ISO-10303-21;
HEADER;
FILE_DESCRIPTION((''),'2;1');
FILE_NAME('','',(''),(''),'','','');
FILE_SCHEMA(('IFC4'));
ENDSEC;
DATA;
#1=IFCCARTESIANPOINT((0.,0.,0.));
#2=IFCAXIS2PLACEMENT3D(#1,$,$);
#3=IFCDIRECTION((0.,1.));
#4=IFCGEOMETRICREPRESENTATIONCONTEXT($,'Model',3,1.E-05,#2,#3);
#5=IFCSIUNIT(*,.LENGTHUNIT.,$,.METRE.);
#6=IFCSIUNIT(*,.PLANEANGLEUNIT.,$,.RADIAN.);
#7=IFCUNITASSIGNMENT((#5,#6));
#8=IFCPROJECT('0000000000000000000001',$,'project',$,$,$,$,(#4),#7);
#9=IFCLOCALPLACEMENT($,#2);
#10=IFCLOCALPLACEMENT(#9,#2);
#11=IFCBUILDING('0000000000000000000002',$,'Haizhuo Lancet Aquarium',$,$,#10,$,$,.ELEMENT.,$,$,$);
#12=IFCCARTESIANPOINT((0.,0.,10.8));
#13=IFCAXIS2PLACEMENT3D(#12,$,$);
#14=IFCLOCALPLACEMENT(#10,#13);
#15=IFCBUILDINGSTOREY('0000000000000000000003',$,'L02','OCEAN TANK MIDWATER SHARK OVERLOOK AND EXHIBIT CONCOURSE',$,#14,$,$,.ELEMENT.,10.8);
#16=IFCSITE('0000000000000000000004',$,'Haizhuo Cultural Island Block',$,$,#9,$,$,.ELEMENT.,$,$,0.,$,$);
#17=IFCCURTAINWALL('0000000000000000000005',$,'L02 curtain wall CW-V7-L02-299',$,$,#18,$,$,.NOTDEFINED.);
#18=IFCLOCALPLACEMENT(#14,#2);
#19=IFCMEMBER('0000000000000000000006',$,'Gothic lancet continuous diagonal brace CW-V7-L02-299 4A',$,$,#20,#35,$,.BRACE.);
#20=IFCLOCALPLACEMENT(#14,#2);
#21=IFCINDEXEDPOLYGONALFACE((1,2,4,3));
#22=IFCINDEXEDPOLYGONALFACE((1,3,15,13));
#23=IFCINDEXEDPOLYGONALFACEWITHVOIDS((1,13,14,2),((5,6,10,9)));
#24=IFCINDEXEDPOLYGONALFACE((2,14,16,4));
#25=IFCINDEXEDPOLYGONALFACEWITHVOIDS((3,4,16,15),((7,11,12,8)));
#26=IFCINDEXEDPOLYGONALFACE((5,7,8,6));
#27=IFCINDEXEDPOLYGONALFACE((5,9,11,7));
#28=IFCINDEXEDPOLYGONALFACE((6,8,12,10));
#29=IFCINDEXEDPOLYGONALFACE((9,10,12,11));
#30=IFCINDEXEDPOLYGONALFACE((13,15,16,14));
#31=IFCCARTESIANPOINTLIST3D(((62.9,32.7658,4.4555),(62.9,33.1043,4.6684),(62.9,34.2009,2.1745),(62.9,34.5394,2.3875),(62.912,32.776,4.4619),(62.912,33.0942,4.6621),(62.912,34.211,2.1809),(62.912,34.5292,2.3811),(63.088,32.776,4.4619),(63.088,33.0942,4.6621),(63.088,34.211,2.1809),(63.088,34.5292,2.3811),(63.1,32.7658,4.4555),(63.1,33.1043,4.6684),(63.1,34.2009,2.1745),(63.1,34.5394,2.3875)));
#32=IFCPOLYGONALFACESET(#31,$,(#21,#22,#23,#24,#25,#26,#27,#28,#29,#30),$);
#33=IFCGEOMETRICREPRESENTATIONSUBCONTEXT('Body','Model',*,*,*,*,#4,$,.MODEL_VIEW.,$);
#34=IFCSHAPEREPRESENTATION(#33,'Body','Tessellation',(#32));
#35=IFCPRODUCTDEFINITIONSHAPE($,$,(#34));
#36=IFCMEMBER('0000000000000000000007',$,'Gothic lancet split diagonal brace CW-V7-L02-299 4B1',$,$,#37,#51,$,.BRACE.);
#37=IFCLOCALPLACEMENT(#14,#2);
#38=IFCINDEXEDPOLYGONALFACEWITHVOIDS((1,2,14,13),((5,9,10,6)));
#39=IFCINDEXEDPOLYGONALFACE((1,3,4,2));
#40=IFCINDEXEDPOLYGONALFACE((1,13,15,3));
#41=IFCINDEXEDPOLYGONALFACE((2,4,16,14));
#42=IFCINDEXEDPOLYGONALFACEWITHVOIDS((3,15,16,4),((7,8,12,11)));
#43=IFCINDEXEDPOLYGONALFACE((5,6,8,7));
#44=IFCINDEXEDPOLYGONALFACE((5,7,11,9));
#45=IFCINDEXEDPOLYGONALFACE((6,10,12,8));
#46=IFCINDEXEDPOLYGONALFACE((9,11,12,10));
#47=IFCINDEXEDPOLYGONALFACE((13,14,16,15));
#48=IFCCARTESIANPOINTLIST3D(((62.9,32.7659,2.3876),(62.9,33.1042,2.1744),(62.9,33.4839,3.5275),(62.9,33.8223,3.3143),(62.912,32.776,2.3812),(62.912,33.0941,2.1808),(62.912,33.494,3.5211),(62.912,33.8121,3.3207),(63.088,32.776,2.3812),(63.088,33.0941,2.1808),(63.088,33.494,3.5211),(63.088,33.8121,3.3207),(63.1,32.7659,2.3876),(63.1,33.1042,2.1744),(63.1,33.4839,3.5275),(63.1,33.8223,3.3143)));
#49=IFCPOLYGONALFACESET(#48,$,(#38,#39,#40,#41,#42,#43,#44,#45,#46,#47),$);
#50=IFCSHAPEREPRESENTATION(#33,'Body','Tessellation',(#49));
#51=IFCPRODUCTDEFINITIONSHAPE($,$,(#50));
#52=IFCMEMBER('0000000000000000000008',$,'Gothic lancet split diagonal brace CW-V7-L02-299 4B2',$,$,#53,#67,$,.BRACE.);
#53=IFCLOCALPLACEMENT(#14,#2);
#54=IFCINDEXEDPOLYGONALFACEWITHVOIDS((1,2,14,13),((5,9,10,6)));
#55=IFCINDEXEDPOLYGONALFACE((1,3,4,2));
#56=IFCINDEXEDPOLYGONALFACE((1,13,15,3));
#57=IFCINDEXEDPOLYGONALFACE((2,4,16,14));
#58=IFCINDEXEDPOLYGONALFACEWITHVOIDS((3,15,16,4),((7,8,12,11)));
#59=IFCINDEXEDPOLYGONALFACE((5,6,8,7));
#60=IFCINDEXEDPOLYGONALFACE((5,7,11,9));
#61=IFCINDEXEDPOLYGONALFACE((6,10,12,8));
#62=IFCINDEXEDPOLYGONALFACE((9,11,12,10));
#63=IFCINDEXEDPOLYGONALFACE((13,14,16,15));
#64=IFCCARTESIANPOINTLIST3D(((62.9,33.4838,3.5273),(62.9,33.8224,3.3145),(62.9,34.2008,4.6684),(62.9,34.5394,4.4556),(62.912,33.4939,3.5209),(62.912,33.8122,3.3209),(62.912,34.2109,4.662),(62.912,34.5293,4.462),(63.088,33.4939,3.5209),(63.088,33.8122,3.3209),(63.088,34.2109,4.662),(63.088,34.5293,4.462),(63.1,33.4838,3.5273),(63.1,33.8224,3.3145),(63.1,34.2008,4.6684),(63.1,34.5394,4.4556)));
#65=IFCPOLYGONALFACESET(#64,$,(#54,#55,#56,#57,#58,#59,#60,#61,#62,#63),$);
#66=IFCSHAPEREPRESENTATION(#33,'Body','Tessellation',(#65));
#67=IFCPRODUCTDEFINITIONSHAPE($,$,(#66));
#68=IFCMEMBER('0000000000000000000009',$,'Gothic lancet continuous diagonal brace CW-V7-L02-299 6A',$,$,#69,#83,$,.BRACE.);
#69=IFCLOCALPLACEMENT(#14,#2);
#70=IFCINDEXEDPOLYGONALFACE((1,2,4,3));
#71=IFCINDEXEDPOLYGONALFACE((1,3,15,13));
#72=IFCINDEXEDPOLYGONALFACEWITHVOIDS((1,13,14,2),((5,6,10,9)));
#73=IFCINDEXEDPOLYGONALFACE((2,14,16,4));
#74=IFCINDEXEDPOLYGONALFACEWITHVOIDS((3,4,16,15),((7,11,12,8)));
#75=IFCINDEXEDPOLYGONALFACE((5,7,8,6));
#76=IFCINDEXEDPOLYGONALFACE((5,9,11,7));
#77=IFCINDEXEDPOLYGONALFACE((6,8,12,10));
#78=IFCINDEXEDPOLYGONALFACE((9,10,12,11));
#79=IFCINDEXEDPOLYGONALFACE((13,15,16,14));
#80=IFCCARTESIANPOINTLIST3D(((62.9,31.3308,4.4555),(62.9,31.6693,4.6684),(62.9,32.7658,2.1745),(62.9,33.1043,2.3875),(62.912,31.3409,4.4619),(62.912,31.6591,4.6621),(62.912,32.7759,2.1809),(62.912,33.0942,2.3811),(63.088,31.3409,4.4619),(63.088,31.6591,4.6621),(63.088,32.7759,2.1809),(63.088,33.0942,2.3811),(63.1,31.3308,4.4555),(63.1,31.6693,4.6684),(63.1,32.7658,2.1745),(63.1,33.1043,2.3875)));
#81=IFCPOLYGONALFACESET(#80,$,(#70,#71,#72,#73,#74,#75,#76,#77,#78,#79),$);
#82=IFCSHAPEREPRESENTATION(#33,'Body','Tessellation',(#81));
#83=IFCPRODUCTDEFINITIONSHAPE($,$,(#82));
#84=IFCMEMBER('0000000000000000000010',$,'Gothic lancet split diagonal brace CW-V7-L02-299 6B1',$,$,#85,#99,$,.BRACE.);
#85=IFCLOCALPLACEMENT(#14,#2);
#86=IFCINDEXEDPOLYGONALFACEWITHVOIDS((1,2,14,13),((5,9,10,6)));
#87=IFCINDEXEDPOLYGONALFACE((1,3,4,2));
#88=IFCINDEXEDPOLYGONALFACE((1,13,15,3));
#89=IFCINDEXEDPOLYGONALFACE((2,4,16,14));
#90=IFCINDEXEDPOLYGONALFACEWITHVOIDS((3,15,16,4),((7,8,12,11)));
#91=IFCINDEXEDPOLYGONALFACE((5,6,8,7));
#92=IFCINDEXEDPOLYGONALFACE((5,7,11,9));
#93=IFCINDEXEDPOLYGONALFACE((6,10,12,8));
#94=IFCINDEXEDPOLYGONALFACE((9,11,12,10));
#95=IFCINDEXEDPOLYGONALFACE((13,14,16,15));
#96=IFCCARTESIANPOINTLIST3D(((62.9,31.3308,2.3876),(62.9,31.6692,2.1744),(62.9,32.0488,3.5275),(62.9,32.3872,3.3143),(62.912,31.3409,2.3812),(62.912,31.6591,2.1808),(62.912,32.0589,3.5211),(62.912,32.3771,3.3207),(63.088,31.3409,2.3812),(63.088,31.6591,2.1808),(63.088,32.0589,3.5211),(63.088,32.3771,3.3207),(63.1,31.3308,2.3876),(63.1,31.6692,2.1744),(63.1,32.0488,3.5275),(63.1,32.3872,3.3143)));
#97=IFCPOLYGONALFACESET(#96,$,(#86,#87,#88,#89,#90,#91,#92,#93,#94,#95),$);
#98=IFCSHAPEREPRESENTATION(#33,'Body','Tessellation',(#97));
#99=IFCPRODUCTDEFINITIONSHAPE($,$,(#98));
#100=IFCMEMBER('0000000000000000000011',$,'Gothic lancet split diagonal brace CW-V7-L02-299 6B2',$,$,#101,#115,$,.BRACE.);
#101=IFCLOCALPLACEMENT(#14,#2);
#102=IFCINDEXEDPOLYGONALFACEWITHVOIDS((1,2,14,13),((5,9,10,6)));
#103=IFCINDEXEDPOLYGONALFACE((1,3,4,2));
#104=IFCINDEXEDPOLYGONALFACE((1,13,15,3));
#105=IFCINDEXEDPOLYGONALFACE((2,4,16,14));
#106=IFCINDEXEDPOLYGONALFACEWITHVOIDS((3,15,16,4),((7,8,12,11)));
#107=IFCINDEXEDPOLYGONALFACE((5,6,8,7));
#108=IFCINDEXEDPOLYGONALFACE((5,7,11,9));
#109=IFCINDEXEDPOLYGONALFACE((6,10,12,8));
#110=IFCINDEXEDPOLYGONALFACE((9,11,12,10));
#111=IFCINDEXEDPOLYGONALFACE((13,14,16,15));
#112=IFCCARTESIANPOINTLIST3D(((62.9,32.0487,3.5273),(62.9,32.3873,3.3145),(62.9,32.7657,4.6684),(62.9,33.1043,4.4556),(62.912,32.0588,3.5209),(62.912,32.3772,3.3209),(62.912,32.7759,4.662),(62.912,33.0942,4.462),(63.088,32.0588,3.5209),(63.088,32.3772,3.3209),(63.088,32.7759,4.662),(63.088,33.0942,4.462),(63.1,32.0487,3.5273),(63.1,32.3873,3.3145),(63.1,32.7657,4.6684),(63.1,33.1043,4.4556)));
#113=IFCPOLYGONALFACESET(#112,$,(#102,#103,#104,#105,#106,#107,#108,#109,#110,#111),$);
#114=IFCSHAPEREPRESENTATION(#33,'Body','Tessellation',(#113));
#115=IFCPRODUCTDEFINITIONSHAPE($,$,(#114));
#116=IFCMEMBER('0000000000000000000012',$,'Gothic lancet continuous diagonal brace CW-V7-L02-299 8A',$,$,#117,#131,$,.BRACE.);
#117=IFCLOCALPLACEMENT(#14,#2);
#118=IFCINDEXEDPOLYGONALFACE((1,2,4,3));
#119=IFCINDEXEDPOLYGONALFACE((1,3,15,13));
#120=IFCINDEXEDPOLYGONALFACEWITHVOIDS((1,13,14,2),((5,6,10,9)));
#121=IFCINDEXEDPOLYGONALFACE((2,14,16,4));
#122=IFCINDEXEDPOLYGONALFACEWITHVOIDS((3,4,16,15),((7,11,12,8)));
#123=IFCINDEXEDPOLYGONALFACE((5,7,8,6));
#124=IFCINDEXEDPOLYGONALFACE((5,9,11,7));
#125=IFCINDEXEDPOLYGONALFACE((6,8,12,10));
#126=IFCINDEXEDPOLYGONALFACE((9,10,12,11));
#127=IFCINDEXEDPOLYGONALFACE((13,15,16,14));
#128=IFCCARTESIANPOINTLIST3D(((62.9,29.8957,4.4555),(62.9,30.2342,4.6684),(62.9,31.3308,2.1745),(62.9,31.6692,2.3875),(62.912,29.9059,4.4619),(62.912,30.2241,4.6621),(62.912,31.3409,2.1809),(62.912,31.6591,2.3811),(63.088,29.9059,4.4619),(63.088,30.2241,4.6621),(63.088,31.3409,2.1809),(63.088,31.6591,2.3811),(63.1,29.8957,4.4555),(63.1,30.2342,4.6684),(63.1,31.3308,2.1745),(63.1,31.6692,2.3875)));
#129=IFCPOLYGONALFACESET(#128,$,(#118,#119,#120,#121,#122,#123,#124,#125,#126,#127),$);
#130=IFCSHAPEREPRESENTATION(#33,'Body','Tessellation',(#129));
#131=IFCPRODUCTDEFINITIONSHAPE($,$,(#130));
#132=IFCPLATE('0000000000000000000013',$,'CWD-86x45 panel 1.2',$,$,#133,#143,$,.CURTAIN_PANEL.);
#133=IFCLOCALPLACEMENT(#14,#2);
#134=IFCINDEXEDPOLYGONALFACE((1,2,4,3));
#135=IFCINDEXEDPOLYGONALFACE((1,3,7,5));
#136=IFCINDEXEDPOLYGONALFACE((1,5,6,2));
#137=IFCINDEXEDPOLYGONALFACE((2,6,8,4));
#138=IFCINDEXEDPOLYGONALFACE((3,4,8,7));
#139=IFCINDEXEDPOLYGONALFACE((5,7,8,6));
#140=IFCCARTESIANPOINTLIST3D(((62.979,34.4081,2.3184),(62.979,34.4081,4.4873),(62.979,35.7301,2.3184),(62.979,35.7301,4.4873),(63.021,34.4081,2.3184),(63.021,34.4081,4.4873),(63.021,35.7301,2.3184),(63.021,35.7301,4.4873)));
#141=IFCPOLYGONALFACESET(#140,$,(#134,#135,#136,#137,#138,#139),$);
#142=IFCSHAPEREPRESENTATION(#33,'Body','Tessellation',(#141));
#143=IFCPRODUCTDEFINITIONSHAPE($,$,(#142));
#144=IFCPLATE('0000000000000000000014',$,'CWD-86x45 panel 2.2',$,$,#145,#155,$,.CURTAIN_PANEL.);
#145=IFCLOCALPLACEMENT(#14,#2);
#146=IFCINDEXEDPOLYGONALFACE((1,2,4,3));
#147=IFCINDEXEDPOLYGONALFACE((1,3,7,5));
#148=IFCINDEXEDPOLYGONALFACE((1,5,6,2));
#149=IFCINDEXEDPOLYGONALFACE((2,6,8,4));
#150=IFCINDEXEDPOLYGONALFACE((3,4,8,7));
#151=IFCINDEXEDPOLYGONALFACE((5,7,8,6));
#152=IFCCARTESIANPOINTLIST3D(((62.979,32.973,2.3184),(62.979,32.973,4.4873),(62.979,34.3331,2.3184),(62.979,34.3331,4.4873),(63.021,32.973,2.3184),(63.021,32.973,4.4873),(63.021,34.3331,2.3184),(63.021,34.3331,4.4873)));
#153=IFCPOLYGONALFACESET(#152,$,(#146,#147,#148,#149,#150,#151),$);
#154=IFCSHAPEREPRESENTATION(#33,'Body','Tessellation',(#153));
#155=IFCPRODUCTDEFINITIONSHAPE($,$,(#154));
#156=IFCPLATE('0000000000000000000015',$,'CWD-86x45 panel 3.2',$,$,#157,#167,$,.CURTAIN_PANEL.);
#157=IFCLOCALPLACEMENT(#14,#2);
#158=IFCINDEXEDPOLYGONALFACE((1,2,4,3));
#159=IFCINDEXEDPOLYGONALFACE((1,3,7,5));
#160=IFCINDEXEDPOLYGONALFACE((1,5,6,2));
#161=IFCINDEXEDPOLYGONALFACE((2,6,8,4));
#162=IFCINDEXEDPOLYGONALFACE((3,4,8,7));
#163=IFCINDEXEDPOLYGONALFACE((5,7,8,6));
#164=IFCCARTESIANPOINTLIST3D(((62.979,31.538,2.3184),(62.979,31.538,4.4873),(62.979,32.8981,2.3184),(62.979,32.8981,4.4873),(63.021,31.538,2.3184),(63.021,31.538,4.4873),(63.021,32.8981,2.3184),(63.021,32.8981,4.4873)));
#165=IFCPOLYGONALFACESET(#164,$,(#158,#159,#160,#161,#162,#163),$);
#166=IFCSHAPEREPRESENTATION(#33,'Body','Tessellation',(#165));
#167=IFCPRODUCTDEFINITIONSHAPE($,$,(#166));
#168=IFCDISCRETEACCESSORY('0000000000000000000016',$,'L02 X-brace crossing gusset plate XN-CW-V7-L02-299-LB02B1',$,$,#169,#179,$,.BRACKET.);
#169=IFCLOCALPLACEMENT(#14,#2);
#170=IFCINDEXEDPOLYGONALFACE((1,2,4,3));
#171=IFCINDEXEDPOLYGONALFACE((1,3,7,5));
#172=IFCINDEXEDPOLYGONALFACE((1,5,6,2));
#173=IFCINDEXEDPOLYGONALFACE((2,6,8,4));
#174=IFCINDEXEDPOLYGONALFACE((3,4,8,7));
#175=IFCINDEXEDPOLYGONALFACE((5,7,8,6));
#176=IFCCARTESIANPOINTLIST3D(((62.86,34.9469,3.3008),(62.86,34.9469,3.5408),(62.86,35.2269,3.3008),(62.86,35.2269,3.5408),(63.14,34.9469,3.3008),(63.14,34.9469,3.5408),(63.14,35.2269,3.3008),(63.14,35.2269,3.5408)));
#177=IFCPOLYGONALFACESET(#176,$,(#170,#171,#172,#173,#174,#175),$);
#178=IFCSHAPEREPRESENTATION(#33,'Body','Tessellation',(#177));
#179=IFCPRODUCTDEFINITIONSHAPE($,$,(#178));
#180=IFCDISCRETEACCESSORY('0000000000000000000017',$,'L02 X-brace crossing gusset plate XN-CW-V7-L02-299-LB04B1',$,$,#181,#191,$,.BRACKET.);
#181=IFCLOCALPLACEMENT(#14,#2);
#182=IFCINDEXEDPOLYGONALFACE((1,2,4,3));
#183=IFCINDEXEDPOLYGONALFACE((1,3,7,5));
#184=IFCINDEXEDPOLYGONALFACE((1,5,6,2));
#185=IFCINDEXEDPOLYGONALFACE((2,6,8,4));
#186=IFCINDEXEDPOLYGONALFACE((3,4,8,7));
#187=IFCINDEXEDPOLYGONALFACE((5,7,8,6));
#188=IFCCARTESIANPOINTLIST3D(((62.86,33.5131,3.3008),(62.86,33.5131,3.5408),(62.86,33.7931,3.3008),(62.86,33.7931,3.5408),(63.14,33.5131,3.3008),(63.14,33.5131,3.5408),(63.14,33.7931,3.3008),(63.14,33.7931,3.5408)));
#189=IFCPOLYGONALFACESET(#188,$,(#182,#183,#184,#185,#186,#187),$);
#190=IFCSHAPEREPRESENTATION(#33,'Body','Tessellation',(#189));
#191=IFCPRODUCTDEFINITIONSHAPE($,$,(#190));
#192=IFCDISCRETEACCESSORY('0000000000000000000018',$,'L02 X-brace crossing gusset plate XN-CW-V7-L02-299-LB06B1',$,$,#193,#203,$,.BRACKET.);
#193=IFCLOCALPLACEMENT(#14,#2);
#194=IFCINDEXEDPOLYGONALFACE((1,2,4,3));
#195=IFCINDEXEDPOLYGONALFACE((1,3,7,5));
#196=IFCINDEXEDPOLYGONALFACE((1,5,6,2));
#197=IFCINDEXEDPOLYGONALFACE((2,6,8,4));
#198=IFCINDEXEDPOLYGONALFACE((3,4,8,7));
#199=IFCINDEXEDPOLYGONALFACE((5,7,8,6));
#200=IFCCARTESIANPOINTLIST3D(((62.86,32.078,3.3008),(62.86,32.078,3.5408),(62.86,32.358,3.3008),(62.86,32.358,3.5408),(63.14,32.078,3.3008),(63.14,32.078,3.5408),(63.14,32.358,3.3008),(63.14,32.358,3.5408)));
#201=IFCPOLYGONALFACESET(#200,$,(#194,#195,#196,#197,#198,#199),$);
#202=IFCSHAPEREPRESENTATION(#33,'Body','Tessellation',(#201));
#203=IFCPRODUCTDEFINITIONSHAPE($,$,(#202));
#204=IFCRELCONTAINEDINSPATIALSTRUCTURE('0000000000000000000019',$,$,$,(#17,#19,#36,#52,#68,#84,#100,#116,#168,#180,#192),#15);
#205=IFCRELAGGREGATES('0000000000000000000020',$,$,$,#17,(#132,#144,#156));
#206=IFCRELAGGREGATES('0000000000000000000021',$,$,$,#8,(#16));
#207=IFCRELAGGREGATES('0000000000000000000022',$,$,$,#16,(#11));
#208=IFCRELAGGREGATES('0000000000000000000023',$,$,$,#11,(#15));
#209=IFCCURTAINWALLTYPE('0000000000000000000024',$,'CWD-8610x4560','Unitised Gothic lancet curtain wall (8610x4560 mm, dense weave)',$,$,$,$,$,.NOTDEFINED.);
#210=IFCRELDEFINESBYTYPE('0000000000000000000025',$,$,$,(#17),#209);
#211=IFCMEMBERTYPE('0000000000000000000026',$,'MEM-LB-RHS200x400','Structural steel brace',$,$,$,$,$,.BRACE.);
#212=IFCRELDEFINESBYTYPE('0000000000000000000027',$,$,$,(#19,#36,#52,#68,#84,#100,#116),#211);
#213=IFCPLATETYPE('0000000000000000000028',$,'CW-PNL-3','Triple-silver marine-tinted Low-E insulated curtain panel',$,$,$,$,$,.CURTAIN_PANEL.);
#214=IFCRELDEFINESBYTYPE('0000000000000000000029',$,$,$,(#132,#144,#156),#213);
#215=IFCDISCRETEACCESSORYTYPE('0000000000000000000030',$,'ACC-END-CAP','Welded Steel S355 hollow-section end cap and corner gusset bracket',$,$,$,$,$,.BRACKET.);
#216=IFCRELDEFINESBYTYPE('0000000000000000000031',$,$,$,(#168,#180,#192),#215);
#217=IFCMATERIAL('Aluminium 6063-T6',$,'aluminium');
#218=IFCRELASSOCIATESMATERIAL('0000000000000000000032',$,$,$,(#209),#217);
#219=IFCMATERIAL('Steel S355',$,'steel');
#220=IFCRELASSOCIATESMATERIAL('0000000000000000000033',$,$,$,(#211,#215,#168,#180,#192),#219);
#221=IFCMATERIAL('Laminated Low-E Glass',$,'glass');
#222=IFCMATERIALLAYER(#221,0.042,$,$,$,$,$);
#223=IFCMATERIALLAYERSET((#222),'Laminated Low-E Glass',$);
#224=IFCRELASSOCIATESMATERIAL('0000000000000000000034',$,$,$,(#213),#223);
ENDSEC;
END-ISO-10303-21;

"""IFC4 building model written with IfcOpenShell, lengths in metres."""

from ifc_helpers import new_model, si_unit, direction, frame, origin, origin_2d, place, context, subcontext, project, spatial, rectangle, hollow_rectangle, extrude, material, layer, layer_set, material_profile, profile_set, type_object, element, aggregate, save


model = new_model("IFC4")

# Units and contexts
model_context = context("Model", 3, precision=1e-05, world=origin(), true_north=direction((0.0, 1.0)))
body_context = subcontext(model_context, "Body", "Model", "MODEL_VIEW")
ifc_project = project(units=[si_unit("LENGTHUNIT", "METRE"), si_unit("PLANEANGLEUNIT", "RADIAN")], contexts=[model_context])

# Site, building, storey
site_placement = place(None, origin())
site = spatial("IfcSite", under=ifc_project, at=site_placement, Name="Haizhuo Cultural Island Block", CompositionType="ELEMENT", RefElevation=0.0)
building_placement = place(site_placement, origin())
building = spatial("IfcBuilding", under=site, at=building_placement, Name="Haizhuo Lancet Aquarium", CompositionType="ELEMENT")
storey_placement = place(building_placement, frame((0.0, 0.0, 10.8)))
storey = spatial("IfcBuildingStorey", under=building, at=storey_placement, Name="L02", Description="OCEAN TANK MIDWATER SHARK OVERLOOK AND EXHIBIT CONCOURSE", CompositionType="ELEMENT", Elevation=10.8)

# Curtain wall
ifc_material_1 = material(Name="Aluminium 6063-T6", Category="aluminium")
curtain_wall_type = type_object("IfcCurtainWallType", Name="CWD-8610x4560", Description="Unitised Gothic lancet curtain wall (8610x4560 mm, dense weave)", PredefinedType="NOTDEFINED", material=ifc_material_1)
curtain_wall_placement = place(storey_placement, origin())
curtain_wall = element("IfcCurtainWall", 1, at=curtain_wall_placement, inside=storey, type_object=curtain_wall_type, Name="L02 curtain wall CW-V7-L02-299", PredefinedType="NOTDEFINED")

# Members
ifc_material_2 = material(Name="Steel S355", Category="steel")
ifc_material_profile_1 = material_profile(ifc_material_2, hollow_rectangle(XDim=0.2, YDim=0.3999, WallThickness=0.012, at=origin_2d()), Name="RHS 200x400x12")
ifc_profile_set_1 = profile_set([ifc_material_profile_1], Name="Steel S355")
member_type_1 = type_object("IfcMemberType", Name="MEM-LB-RHS200x400", Description="Structural steel brace", PredefinedType="BRACE", material=ifc_profile_set_1)
member_1_placement = place(storey_placement, frame((63.0, 34.3701, 2.281), z_axis=(0.0, -0.532513, 0.846422), x_axis=(1.0, 0.0, 0.0)))
element("IfcMember", 2, at=member_1_placement, inside=storey, type_object=member_type_1, Name="Gothic lancet continuous diagonal brace CW-V7-L02-299 4A", PredefinedType="BRACE", context=body_context, shape_type="SweptSolid", body=[
    extrude(hollow_rectangle(XDim=0.2, YDim=0.3999, WallThickness=0.012, at=origin_2d()), origin(), (0.0, 0.0, 1.0), 2.6948),
])
member_2_placement = place(storey_placement, frame((63.0, 32.9351, 2.281), z_axis=(0.0, 0.532977, 0.84613), x_axis=(-1.0, 0.0, 0.0)))
element("IfcMember", 3, at=member_2_placement, inside=storey, type_object=member_type_1, Name="Gothic lancet split diagonal brace CW-V7-L02-299 4B1", PredefinedType="BRACE", context=body_context, shape_type="SweptSolid", body=[
    extrude(hollow_rectangle(XDim=0.2, YDim=0.3999, WallThickness=0.012, at=origin_2d()), origin(), (0.0, 0.0, 1.0), 1.3472),
])
member_3_placement = place(storey_placement, frame((63.0, 33.6531, 3.4209), z_axis=(0.0, 0.532049, 0.846713), x_axis=(-1.0, 0.0, 0.0)))
element("IfcMember", 4, at=member_3_placement, inside=storey, type_object=member_type_1, Name="Gothic lancet split diagonal brace CW-V7-L02-299 4B2", PredefinedType="BRACE", context=body_context, shape_type="SweptSolid", body=[
    extrude(hollow_rectangle(XDim=0.2, YDim=0.3999, WallThickness=0.012, at=origin_2d()), origin(), (0.0, 0.0, 1.0), 1.3477),
])
member_4_placement = place(storey_placement, frame((63.0, 32.9351, 2.281), z_axis=(0.0, -0.532513, 0.846422), x_axis=(1.0, 0.0, 0.0)))
element("IfcMember", 5, at=member_4_placement, inside=storey, type_object=member_type_1, Name="Gothic lancet continuous diagonal brace CW-V7-L02-299 6A", PredefinedType="BRACE", context=body_context, shape_type="SweptSolid", body=[
    extrude(hollow_rectangle(XDim=0.2, YDim=0.3999, WallThickness=0.012, at=origin_2d()), origin(), (0.0, 0.0, 1.0), 2.6948),
])
member_5_placement = place(storey_placement, frame((63.0, 31.5, 2.281), z_axis=(0.0, 0.532977, 0.84613), x_axis=(-1.0, 0.0, 0.0)))
element("IfcMember", 6, at=member_5_placement, inside=storey, type_object=member_type_1, Name="Gothic lancet split diagonal brace CW-V7-L02-299 6B1", PredefinedType="BRACE", context=body_context, shape_type="SweptSolid", body=[
    extrude(hollow_rectangle(XDim=0.2, YDim=0.3999, WallThickness=0.012, at=origin_2d()), origin(), (0.0, 0.0, 1.0), 1.3472),
])
member_6_placement = place(storey_placement, frame((63.0, 32.218, 3.4209), z_axis=(0.0, 0.532049, 0.846713), x_axis=(-1.0, 0.0, 0.0)))
element("IfcMember", 7, at=member_6_placement, inside=storey, type_object=member_type_1, Name="Gothic lancet split diagonal brace CW-V7-L02-299 6B2", PredefinedType="BRACE", context=body_context, shape_type="SweptSolid", body=[
    extrude(hollow_rectangle(XDim=0.2, YDim=0.3999, WallThickness=0.012, at=origin_2d()), origin(), (0.0, 0.0, 1.0), 1.3477),
])
member_7_placement = place(storey_placement, frame((63.0, 31.5, 2.281), z_axis=(0.0, -0.532513, 0.846422), x_axis=(1.0, 0.0, 0.0)))
element("IfcMember", 8, at=member_7_placement, inside=storey, type_object=member_type_1, Name="Gothic lancet continuous diagonal brace CW-V7-L02-299 8A", PredefinedType="BRACE", context=body_context, shape_type="SweptSolid", body=[
    extrude(hollow_rectangle(XDim=0.2, YDim=0.3999, WallThickness=0.012, at=origin_2d()), origin(), (0.0, 0.0, 1.0), 2.6948),
])

# Plates
ifc_material_3 = material(Name="Laminated Low-E Glass", Category="glass")
ifc_layer = layer(ifc_material_3, 0.042)
ifc_layer_set = layer_set([ifc_layer], Name="Laminated Low-E Glass")
plate_type = type_object("IfcPlateType", Name="CW-PNL-3", Description="Triple-silver marine-tinted Low-E insulated curtain panel", PredefinedType="CURTAIN_PANEL", material=ifc_layer_set)
plate_1_placement = place(storey_placement, frame((63.0, 35.0691, 2.3184), z_axis=(0.0, 0.0, 1.0), x_axis=(0.0, -1.0, 0.0)))
plate_1 = element("IfcPlate", 9, at=plate_1_placement, type_object=plate_type, Name="CWD-86x45 panel 1.2", PredefinedType="CURTAIN_PANEL", context=body_context, shape_type="SweptSolid", body=[
    extrude(rectangle(XDim=1.322, YDim=0.042, at=origin_2d()), origin(), (0.0, 0.0, 1.0), 2.1689),
])
plate_2_placement = place(storey_placement, frame((63.0, 33.6531, 2.3184), z_axis=(0.0, 0.0, 1.0), x_axis=(0.0, -1.0, 0.0)))
plate_2 = element("IfcPlate", 10, at=plate_2_placement, type_object=plate_type, Name="CWD-86x45 panel 2.2", PredefinedType="CURTAIN_PANEL", context=body_context, shape_type="SweptSolid", body=[
    extrude(rectangle(XDim=1.3601, YDim=0.042, at=origin_2d()), origin(), (0.0, 0.0, 1.0), 2.1689),
])
plate_3_placement = place(storey_placement, frame((63.0, 32.218, 2.3184), z_axis=(0.0, 0.0, 1.0), x_axis=(0.0, -1.0, 0.0)))
plate_3 = element("IfcPlate", 11, at=plate_3_placement, type_object=plate_type, Name="CWD-86x45 panel 3.2", PredefinedType="CURTAIN_PANEL", context=body_context, shape_type="SweptSolid", body=[
    extrude(rectangle(XDim=1.3601, YDim=0.042, at=origin_2d()), origin(), (0.0, 0.0, 1.0), 2.1689),
])
aggregate(curtain_wall, [plate_1, plate_2, plate_3])

# Discrete accessories
discrete_accessory_type = type_object("IfcDiscreteAccessoryType", Name="ACC-END-CAP", Description="Welded Steel S355 hollow-section end cap and corner gusset bracket", PredefinedType="BRACKET", material=ifc_material_2)
for number, where, z_axis, x_axis, name in (
    (12, (63.0, 35.0869, 3.3008), (0.0, 0.0, 1.0), (1.0, 0.0, 0.0), "L02 X-brace crossing gusset plate XN-CW-V7-L02-299-LB02B1"),
    (13, (63.0, 33.6531, 3.3008), (0.0, 0.0, 1.0), (1.0, 0.0, 0.0), "L02 X-brace crossing gusset plate XN-CW-V7-L02-299-LB04B1"),
    (14, (63.0, 32.218, 3.3008), (0.0, 0.0, 1.0), (1.0, 0.0, 0.0), "L02 X-brace crossing gusset plate XN-CW-V7-L02-299-LB06B1"),
):
    element("IfcDiscreteAccessory", number, at=place(storey_placement, frame(where, z_axis=z_axis, x_axis=x_axis)), inside=storey, type_object=discrete_accessory_type, material=ifc_material_2, Name=name, PredefinedType="BRACKET", context=body_context, shape_type="SweptSolid", body=[
        extrude(rectangle(XDim=0.28, YDim=0.28, at=origin_2d()), origin(), (0.0, 0.0, 1.0), 0.24),
    ])

save(model, "model.ifc")
